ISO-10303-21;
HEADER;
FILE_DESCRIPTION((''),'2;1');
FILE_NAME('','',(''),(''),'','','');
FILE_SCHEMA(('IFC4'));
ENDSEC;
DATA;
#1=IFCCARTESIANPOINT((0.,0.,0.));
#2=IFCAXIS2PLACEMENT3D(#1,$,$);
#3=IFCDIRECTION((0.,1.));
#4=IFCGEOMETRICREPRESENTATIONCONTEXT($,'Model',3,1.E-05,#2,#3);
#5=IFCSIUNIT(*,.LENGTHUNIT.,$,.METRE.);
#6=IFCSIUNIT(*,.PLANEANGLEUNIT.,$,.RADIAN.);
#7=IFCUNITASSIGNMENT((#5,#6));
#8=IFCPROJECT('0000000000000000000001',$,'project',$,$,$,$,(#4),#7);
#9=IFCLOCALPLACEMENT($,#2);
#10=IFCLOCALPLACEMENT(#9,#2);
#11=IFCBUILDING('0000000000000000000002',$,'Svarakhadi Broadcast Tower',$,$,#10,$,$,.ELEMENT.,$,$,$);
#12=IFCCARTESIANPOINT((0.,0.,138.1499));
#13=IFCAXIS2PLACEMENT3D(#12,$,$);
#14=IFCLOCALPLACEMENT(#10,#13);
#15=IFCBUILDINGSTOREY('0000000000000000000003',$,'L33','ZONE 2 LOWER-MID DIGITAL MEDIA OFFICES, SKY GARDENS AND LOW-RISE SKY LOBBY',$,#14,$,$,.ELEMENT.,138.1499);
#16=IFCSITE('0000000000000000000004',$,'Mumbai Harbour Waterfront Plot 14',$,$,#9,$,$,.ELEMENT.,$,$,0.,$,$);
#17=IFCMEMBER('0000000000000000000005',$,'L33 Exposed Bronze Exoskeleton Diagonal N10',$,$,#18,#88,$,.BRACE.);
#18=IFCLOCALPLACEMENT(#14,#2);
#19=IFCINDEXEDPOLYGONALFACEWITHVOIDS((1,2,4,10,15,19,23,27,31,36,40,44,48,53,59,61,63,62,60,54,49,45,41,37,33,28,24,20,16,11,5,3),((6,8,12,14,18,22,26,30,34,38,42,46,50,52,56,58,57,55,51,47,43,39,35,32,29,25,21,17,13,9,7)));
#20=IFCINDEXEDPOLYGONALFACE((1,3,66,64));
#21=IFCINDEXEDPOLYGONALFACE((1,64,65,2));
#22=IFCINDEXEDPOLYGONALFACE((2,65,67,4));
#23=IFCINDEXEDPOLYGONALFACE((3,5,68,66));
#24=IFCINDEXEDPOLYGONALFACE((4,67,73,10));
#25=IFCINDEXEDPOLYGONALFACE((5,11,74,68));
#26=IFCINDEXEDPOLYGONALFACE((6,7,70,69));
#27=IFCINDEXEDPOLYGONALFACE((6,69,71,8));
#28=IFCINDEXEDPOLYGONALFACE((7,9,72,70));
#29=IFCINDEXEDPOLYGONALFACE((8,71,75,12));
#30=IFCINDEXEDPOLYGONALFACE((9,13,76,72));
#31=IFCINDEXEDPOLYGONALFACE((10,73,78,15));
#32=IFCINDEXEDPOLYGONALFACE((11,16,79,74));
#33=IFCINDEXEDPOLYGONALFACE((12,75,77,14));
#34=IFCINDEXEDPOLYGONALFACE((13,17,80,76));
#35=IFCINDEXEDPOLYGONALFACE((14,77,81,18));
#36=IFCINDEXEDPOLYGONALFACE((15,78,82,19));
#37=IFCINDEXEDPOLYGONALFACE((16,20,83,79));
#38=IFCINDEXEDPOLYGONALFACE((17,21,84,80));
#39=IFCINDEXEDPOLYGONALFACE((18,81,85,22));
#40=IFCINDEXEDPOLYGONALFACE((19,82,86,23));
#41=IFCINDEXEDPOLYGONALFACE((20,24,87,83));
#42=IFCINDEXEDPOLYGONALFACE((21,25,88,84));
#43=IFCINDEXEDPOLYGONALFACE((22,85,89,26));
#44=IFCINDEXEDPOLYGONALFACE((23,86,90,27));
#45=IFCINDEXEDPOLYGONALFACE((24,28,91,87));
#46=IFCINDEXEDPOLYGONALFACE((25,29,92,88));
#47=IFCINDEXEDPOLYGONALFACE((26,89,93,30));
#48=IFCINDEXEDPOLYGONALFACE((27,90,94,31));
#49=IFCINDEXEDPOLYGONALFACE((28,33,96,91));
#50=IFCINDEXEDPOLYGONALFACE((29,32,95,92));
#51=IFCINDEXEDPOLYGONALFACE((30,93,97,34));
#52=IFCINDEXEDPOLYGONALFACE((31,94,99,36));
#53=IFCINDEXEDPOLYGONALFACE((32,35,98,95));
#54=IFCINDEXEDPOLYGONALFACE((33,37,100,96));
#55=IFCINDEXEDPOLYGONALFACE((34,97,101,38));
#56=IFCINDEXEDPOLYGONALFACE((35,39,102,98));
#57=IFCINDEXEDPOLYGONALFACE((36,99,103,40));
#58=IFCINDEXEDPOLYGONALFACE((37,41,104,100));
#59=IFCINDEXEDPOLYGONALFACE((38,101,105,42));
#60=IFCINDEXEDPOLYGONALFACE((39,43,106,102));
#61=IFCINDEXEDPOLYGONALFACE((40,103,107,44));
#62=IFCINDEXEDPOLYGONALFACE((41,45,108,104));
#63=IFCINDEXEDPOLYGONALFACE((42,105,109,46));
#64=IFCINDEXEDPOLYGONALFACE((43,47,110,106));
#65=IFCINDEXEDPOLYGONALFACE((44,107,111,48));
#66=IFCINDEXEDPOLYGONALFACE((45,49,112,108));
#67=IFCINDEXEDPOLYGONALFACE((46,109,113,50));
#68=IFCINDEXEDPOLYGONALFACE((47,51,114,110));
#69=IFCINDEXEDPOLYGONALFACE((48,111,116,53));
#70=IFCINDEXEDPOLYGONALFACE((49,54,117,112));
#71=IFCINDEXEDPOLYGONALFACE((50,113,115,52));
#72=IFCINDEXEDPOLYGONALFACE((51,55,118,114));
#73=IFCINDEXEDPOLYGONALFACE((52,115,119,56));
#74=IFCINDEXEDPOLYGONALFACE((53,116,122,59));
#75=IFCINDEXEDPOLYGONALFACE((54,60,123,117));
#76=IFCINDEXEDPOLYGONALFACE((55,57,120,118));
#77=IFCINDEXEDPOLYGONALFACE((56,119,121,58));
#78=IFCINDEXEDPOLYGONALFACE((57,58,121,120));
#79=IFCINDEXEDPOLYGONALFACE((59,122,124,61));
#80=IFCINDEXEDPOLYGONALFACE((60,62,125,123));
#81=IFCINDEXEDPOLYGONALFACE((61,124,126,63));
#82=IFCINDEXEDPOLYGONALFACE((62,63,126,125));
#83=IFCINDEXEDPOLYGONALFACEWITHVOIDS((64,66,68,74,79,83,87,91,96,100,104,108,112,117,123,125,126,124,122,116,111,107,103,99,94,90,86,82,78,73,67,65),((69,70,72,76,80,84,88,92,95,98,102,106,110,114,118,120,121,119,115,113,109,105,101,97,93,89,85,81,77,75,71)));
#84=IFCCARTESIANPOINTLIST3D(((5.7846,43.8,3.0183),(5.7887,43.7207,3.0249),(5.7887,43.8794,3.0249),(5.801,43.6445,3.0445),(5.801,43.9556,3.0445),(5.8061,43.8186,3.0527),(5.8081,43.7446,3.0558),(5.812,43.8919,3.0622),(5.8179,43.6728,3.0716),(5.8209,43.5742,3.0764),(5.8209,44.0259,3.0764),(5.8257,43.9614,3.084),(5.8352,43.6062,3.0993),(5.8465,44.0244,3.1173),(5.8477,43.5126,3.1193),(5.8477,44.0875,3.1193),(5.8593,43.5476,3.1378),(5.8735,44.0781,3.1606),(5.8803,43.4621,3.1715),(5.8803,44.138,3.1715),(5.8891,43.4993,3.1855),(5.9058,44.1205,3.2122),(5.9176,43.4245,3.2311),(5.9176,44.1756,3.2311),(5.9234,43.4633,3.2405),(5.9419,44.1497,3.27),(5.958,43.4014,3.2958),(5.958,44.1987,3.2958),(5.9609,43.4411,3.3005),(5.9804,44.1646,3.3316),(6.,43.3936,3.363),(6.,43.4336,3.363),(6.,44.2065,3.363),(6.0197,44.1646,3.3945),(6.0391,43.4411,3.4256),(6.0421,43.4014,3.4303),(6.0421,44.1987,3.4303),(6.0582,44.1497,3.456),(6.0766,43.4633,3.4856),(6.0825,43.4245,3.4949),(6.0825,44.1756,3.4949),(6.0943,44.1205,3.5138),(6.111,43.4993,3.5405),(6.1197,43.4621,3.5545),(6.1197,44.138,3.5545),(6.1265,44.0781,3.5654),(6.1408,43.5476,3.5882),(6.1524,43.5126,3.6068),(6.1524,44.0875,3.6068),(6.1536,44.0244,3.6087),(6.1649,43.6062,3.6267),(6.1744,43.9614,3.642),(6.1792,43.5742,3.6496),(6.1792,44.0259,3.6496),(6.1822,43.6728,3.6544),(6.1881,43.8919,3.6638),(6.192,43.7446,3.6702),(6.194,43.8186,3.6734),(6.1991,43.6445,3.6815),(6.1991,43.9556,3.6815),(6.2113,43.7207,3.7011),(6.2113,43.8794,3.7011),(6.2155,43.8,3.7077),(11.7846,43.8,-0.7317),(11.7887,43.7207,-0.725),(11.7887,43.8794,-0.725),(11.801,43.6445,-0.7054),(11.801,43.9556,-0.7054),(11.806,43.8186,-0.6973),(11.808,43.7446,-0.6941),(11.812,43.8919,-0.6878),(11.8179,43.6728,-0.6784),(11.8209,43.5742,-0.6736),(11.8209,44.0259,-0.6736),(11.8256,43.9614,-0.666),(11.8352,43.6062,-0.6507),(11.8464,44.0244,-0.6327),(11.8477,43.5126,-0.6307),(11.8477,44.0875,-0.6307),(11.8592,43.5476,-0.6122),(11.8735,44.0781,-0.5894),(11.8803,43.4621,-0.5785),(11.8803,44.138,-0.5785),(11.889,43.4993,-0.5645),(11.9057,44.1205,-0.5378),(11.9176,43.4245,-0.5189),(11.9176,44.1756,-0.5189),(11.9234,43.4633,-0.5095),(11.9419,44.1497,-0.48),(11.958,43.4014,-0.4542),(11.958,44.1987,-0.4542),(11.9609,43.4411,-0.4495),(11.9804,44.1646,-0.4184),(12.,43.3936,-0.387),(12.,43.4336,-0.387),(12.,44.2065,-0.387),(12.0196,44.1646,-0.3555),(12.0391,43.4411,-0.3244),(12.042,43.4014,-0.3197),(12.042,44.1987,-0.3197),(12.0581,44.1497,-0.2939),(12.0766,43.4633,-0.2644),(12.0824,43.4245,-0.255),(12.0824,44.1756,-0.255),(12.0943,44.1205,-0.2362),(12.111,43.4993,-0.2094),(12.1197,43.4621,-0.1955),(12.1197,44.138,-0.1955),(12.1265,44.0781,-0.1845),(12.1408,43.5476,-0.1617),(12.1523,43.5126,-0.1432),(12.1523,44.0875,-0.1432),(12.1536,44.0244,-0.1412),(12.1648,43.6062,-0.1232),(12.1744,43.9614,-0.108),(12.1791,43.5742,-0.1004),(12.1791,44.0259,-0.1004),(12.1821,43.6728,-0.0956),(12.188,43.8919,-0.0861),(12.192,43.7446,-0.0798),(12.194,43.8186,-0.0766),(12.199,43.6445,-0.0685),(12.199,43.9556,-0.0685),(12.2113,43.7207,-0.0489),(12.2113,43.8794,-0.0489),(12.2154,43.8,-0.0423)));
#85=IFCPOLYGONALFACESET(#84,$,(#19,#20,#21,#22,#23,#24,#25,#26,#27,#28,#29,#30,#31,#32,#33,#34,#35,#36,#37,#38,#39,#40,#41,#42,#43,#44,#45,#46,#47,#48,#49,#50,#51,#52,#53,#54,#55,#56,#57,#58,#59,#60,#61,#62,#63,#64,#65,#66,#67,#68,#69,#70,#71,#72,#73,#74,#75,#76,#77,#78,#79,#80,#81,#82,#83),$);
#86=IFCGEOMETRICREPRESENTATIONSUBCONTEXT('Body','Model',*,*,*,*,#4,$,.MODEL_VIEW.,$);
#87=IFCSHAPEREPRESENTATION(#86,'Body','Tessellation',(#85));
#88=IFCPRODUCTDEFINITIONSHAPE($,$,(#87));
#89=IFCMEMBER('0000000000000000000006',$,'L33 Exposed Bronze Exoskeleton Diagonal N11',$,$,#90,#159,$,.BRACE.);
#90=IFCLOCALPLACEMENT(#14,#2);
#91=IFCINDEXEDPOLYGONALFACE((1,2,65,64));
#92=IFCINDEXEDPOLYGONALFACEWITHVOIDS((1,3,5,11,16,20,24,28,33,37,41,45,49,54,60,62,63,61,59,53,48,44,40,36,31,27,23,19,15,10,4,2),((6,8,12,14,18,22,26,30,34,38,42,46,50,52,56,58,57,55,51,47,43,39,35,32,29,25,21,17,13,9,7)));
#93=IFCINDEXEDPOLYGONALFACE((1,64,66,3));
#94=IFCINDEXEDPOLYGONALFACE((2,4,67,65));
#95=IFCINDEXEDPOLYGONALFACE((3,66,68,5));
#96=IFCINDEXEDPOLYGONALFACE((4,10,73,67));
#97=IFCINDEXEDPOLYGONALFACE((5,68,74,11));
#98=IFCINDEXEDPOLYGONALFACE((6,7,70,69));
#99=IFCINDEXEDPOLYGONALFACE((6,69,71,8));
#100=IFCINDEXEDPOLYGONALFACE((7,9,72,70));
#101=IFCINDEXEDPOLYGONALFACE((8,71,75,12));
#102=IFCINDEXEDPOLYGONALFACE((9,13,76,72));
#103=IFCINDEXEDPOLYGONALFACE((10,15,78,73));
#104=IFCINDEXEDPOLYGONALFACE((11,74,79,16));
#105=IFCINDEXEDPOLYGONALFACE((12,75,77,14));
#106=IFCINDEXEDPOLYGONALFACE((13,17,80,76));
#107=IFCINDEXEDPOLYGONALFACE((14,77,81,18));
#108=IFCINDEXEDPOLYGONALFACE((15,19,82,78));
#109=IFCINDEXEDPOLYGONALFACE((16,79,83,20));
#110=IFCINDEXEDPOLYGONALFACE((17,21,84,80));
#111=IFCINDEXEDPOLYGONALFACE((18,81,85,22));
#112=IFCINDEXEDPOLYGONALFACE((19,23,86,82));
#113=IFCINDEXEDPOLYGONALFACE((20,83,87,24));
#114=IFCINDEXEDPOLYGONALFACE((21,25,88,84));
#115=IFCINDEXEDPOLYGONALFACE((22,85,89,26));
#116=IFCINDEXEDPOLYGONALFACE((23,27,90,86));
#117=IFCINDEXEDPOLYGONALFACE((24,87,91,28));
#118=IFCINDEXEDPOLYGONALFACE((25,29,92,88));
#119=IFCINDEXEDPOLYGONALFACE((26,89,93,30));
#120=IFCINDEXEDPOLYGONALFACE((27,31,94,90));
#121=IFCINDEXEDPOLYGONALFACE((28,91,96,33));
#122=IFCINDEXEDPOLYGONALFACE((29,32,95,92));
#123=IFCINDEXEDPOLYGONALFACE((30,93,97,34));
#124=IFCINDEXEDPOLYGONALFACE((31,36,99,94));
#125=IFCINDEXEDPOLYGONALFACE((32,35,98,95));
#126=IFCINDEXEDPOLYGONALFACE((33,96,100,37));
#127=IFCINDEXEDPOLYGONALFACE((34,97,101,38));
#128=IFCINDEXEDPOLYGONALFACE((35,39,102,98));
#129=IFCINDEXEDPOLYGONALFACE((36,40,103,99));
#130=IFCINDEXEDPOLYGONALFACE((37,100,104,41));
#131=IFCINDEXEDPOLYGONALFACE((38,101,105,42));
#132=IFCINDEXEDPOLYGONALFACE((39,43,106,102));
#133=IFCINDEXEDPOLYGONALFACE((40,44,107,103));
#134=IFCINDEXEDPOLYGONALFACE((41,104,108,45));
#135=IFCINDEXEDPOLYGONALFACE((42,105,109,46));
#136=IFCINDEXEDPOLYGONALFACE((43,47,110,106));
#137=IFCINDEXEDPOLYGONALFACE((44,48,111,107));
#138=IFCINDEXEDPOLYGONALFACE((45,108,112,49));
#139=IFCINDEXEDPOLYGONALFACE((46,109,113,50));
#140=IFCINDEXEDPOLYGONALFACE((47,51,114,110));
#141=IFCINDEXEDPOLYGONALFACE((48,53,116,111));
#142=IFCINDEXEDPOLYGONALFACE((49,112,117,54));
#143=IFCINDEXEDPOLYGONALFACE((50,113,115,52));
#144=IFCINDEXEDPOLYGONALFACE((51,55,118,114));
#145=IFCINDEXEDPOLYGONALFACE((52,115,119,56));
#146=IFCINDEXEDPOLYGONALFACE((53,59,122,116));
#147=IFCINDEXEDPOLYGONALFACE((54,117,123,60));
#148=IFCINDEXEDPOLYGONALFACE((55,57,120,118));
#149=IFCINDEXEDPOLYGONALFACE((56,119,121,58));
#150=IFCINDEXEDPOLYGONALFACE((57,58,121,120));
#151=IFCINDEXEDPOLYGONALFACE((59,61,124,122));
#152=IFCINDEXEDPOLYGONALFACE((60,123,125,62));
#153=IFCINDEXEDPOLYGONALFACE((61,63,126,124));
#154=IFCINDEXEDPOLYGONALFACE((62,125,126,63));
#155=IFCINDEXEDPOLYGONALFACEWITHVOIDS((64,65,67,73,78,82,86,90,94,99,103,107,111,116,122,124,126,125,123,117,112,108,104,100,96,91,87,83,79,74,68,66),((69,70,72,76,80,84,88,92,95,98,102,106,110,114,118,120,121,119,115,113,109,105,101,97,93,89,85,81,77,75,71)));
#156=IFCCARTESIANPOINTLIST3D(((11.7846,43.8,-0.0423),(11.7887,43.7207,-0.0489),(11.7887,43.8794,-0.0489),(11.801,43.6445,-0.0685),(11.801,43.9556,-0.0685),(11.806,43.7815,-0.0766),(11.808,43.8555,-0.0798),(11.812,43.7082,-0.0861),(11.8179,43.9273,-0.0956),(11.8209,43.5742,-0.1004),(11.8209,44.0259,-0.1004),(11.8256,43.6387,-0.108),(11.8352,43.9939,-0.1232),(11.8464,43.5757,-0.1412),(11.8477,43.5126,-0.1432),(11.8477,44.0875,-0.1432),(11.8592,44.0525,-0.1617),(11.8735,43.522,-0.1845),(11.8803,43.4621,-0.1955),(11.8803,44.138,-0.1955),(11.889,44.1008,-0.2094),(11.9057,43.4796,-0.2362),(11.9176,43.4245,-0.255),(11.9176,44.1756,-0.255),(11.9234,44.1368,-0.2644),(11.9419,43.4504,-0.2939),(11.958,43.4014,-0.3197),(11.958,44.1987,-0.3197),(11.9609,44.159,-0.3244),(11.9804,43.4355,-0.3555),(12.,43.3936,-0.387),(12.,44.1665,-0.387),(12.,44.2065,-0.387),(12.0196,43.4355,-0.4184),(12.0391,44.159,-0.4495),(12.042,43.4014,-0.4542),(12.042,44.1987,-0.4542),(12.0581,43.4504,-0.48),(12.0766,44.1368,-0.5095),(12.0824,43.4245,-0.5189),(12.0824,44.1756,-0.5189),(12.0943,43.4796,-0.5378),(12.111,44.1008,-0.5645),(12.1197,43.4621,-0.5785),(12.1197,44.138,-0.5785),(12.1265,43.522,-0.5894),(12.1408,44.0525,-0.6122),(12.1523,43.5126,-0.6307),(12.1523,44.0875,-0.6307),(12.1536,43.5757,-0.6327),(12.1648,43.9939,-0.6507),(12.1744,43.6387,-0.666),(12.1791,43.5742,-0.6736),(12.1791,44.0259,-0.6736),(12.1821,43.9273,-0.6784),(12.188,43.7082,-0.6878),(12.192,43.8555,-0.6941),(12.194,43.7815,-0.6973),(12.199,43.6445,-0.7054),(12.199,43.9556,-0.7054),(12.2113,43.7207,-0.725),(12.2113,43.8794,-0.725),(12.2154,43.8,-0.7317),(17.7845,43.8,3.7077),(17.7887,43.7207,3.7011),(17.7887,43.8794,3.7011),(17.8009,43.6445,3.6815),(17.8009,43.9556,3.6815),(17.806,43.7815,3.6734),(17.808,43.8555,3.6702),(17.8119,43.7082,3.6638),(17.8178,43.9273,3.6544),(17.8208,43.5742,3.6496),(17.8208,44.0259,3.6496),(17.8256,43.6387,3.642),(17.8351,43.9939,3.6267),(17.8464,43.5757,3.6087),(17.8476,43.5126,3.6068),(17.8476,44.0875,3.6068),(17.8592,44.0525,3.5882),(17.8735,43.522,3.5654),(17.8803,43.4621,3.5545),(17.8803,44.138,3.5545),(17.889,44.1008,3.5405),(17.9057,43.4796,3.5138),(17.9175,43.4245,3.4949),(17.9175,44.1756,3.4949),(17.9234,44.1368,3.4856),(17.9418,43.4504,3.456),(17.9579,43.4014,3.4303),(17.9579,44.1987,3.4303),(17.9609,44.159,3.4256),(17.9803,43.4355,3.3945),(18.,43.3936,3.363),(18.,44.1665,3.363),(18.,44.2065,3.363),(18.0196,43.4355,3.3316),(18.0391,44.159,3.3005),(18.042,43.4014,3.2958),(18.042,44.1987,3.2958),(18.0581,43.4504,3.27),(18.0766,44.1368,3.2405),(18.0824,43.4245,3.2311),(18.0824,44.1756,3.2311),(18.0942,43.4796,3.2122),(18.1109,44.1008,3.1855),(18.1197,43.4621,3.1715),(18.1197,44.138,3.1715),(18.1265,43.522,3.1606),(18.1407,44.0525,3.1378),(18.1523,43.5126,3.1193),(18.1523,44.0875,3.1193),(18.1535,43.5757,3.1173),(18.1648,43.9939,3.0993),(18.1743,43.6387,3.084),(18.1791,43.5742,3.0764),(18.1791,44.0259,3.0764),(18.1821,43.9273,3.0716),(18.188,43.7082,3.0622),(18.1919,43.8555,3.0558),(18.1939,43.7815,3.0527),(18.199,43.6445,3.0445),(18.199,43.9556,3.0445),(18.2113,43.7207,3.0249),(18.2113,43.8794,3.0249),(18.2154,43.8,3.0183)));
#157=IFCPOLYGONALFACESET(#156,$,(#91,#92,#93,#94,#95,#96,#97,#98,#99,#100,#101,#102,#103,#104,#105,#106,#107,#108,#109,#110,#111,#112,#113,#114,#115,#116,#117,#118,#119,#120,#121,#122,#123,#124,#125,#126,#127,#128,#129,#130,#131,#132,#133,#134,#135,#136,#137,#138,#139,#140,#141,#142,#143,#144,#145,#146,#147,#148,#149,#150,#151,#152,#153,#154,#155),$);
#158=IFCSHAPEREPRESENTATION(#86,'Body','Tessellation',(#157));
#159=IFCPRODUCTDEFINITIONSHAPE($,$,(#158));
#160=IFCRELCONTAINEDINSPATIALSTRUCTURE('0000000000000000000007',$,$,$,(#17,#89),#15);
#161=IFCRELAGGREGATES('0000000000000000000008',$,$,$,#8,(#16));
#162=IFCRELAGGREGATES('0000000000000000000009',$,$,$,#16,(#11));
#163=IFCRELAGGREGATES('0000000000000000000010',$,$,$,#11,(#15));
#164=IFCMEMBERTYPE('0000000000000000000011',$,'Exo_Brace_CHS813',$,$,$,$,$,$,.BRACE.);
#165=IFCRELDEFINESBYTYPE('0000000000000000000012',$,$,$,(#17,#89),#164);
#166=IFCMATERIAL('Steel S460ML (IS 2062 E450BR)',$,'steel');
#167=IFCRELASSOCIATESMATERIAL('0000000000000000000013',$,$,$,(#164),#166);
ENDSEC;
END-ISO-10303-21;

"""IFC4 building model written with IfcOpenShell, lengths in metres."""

from ifc_helpers import new_model, si_unit, direction, frame, origin, origin_2d, place, context, subcontext, project, spatial, hollow_circle, extrude, material, material_profile, profile_set, type_object, element, save


model = new_model("IFC4")

# Units and contexts
model_context = context("Model", 3, precision=1e-05, world=origin(), true_north=direction((0.0, 1.0)))
body_context = subcontext(model_context, "Body", "Model", "MODEL_VIEW")
ifc_project = project(units=[si_unit("LENGTHUNIT", "METRE"), si_unit("PLANEANGLEUNIT", "RADIAN")], contexts=[model_context])

# Site, building, storey
site_placement = place(None, origin())
site = spatial("IfcSite", under=ifc_project, at=site_placement, Name="Mumbai Harbour Waterfront Plot 14", CompositionType="ELEMENT", RefElevation=0.0)
building_placement = place(site_placement, origin())
building = spatial("IfcBuilding", under=site, at=building_placement, Name="Svarakhadi Broadcast Tower", CompositionType="ELEMENT")
storey_placement = place(building_placement, frame((0.0, 0.0, 138.1499)))
storey = spatial("IfcBuildingStorey", under=building, at=storey_placement, Name="L33", Description="ZONE 2 LOWER-MID DIGITAL MEDIA OFFICES, SKY GARDENS AND LOW-RISE SKY LOBBY", CompositionType="ELEMENT", Elevation=138.1499)

# Shared definitions
ifc_material_1 = material(Name="Steel S460ML (IS 2062 E450BR)", Category="steel")

# Members
ifc_material_profile_1 = material_profile(ifc_material_1, hollow_circle(Radius=0.4065, WallThickness=0.04, at=origin_2d()), Name="CHS 813x40")
ifc_profile_set_1 = profile_set([ifc_material_profile_1], Name="Steel S460ML (IS 2062 E450BR)")
member_type_1 = type_object("IfcMemberType", Name="Exo_Brace_CHS813", PredefinedType="BRACE", material=ifc_profile_set_1)
for number, where, z_axis, x_axis, name in (
    (1, (12.0, 43.8, -0.387), (-0.847998, 0.0, 0.529999), (0.0, -1.0, 0.0), "L33 Exposed Bronze Exoskeleton Diagonal N10"),
    (2, (12.0, 43.8, -0.387), (0.847998, 0.0, 0.529999), (0.0, 1.0, 0.0), "L33 Exposed Bronze Exoskeleton Diagonal N11"),
):
    element("IfcMember", number, at=place(storey_placement, frame(where, z_axis=z_axis, x_axis=x_axis)), inside=storey, type_object=member_type_1, Name=name, PredefinedType="BRACE", context=body_context, shape_type="SweptSolid", body=[
        extrude(hollow_circle(Radius=0.4065, WallThickness=0.04, at=origin_2d()), origin(), (0.0, 0.0, 1.0), 7.0754),
    ])

save(model, "model.ifc")
